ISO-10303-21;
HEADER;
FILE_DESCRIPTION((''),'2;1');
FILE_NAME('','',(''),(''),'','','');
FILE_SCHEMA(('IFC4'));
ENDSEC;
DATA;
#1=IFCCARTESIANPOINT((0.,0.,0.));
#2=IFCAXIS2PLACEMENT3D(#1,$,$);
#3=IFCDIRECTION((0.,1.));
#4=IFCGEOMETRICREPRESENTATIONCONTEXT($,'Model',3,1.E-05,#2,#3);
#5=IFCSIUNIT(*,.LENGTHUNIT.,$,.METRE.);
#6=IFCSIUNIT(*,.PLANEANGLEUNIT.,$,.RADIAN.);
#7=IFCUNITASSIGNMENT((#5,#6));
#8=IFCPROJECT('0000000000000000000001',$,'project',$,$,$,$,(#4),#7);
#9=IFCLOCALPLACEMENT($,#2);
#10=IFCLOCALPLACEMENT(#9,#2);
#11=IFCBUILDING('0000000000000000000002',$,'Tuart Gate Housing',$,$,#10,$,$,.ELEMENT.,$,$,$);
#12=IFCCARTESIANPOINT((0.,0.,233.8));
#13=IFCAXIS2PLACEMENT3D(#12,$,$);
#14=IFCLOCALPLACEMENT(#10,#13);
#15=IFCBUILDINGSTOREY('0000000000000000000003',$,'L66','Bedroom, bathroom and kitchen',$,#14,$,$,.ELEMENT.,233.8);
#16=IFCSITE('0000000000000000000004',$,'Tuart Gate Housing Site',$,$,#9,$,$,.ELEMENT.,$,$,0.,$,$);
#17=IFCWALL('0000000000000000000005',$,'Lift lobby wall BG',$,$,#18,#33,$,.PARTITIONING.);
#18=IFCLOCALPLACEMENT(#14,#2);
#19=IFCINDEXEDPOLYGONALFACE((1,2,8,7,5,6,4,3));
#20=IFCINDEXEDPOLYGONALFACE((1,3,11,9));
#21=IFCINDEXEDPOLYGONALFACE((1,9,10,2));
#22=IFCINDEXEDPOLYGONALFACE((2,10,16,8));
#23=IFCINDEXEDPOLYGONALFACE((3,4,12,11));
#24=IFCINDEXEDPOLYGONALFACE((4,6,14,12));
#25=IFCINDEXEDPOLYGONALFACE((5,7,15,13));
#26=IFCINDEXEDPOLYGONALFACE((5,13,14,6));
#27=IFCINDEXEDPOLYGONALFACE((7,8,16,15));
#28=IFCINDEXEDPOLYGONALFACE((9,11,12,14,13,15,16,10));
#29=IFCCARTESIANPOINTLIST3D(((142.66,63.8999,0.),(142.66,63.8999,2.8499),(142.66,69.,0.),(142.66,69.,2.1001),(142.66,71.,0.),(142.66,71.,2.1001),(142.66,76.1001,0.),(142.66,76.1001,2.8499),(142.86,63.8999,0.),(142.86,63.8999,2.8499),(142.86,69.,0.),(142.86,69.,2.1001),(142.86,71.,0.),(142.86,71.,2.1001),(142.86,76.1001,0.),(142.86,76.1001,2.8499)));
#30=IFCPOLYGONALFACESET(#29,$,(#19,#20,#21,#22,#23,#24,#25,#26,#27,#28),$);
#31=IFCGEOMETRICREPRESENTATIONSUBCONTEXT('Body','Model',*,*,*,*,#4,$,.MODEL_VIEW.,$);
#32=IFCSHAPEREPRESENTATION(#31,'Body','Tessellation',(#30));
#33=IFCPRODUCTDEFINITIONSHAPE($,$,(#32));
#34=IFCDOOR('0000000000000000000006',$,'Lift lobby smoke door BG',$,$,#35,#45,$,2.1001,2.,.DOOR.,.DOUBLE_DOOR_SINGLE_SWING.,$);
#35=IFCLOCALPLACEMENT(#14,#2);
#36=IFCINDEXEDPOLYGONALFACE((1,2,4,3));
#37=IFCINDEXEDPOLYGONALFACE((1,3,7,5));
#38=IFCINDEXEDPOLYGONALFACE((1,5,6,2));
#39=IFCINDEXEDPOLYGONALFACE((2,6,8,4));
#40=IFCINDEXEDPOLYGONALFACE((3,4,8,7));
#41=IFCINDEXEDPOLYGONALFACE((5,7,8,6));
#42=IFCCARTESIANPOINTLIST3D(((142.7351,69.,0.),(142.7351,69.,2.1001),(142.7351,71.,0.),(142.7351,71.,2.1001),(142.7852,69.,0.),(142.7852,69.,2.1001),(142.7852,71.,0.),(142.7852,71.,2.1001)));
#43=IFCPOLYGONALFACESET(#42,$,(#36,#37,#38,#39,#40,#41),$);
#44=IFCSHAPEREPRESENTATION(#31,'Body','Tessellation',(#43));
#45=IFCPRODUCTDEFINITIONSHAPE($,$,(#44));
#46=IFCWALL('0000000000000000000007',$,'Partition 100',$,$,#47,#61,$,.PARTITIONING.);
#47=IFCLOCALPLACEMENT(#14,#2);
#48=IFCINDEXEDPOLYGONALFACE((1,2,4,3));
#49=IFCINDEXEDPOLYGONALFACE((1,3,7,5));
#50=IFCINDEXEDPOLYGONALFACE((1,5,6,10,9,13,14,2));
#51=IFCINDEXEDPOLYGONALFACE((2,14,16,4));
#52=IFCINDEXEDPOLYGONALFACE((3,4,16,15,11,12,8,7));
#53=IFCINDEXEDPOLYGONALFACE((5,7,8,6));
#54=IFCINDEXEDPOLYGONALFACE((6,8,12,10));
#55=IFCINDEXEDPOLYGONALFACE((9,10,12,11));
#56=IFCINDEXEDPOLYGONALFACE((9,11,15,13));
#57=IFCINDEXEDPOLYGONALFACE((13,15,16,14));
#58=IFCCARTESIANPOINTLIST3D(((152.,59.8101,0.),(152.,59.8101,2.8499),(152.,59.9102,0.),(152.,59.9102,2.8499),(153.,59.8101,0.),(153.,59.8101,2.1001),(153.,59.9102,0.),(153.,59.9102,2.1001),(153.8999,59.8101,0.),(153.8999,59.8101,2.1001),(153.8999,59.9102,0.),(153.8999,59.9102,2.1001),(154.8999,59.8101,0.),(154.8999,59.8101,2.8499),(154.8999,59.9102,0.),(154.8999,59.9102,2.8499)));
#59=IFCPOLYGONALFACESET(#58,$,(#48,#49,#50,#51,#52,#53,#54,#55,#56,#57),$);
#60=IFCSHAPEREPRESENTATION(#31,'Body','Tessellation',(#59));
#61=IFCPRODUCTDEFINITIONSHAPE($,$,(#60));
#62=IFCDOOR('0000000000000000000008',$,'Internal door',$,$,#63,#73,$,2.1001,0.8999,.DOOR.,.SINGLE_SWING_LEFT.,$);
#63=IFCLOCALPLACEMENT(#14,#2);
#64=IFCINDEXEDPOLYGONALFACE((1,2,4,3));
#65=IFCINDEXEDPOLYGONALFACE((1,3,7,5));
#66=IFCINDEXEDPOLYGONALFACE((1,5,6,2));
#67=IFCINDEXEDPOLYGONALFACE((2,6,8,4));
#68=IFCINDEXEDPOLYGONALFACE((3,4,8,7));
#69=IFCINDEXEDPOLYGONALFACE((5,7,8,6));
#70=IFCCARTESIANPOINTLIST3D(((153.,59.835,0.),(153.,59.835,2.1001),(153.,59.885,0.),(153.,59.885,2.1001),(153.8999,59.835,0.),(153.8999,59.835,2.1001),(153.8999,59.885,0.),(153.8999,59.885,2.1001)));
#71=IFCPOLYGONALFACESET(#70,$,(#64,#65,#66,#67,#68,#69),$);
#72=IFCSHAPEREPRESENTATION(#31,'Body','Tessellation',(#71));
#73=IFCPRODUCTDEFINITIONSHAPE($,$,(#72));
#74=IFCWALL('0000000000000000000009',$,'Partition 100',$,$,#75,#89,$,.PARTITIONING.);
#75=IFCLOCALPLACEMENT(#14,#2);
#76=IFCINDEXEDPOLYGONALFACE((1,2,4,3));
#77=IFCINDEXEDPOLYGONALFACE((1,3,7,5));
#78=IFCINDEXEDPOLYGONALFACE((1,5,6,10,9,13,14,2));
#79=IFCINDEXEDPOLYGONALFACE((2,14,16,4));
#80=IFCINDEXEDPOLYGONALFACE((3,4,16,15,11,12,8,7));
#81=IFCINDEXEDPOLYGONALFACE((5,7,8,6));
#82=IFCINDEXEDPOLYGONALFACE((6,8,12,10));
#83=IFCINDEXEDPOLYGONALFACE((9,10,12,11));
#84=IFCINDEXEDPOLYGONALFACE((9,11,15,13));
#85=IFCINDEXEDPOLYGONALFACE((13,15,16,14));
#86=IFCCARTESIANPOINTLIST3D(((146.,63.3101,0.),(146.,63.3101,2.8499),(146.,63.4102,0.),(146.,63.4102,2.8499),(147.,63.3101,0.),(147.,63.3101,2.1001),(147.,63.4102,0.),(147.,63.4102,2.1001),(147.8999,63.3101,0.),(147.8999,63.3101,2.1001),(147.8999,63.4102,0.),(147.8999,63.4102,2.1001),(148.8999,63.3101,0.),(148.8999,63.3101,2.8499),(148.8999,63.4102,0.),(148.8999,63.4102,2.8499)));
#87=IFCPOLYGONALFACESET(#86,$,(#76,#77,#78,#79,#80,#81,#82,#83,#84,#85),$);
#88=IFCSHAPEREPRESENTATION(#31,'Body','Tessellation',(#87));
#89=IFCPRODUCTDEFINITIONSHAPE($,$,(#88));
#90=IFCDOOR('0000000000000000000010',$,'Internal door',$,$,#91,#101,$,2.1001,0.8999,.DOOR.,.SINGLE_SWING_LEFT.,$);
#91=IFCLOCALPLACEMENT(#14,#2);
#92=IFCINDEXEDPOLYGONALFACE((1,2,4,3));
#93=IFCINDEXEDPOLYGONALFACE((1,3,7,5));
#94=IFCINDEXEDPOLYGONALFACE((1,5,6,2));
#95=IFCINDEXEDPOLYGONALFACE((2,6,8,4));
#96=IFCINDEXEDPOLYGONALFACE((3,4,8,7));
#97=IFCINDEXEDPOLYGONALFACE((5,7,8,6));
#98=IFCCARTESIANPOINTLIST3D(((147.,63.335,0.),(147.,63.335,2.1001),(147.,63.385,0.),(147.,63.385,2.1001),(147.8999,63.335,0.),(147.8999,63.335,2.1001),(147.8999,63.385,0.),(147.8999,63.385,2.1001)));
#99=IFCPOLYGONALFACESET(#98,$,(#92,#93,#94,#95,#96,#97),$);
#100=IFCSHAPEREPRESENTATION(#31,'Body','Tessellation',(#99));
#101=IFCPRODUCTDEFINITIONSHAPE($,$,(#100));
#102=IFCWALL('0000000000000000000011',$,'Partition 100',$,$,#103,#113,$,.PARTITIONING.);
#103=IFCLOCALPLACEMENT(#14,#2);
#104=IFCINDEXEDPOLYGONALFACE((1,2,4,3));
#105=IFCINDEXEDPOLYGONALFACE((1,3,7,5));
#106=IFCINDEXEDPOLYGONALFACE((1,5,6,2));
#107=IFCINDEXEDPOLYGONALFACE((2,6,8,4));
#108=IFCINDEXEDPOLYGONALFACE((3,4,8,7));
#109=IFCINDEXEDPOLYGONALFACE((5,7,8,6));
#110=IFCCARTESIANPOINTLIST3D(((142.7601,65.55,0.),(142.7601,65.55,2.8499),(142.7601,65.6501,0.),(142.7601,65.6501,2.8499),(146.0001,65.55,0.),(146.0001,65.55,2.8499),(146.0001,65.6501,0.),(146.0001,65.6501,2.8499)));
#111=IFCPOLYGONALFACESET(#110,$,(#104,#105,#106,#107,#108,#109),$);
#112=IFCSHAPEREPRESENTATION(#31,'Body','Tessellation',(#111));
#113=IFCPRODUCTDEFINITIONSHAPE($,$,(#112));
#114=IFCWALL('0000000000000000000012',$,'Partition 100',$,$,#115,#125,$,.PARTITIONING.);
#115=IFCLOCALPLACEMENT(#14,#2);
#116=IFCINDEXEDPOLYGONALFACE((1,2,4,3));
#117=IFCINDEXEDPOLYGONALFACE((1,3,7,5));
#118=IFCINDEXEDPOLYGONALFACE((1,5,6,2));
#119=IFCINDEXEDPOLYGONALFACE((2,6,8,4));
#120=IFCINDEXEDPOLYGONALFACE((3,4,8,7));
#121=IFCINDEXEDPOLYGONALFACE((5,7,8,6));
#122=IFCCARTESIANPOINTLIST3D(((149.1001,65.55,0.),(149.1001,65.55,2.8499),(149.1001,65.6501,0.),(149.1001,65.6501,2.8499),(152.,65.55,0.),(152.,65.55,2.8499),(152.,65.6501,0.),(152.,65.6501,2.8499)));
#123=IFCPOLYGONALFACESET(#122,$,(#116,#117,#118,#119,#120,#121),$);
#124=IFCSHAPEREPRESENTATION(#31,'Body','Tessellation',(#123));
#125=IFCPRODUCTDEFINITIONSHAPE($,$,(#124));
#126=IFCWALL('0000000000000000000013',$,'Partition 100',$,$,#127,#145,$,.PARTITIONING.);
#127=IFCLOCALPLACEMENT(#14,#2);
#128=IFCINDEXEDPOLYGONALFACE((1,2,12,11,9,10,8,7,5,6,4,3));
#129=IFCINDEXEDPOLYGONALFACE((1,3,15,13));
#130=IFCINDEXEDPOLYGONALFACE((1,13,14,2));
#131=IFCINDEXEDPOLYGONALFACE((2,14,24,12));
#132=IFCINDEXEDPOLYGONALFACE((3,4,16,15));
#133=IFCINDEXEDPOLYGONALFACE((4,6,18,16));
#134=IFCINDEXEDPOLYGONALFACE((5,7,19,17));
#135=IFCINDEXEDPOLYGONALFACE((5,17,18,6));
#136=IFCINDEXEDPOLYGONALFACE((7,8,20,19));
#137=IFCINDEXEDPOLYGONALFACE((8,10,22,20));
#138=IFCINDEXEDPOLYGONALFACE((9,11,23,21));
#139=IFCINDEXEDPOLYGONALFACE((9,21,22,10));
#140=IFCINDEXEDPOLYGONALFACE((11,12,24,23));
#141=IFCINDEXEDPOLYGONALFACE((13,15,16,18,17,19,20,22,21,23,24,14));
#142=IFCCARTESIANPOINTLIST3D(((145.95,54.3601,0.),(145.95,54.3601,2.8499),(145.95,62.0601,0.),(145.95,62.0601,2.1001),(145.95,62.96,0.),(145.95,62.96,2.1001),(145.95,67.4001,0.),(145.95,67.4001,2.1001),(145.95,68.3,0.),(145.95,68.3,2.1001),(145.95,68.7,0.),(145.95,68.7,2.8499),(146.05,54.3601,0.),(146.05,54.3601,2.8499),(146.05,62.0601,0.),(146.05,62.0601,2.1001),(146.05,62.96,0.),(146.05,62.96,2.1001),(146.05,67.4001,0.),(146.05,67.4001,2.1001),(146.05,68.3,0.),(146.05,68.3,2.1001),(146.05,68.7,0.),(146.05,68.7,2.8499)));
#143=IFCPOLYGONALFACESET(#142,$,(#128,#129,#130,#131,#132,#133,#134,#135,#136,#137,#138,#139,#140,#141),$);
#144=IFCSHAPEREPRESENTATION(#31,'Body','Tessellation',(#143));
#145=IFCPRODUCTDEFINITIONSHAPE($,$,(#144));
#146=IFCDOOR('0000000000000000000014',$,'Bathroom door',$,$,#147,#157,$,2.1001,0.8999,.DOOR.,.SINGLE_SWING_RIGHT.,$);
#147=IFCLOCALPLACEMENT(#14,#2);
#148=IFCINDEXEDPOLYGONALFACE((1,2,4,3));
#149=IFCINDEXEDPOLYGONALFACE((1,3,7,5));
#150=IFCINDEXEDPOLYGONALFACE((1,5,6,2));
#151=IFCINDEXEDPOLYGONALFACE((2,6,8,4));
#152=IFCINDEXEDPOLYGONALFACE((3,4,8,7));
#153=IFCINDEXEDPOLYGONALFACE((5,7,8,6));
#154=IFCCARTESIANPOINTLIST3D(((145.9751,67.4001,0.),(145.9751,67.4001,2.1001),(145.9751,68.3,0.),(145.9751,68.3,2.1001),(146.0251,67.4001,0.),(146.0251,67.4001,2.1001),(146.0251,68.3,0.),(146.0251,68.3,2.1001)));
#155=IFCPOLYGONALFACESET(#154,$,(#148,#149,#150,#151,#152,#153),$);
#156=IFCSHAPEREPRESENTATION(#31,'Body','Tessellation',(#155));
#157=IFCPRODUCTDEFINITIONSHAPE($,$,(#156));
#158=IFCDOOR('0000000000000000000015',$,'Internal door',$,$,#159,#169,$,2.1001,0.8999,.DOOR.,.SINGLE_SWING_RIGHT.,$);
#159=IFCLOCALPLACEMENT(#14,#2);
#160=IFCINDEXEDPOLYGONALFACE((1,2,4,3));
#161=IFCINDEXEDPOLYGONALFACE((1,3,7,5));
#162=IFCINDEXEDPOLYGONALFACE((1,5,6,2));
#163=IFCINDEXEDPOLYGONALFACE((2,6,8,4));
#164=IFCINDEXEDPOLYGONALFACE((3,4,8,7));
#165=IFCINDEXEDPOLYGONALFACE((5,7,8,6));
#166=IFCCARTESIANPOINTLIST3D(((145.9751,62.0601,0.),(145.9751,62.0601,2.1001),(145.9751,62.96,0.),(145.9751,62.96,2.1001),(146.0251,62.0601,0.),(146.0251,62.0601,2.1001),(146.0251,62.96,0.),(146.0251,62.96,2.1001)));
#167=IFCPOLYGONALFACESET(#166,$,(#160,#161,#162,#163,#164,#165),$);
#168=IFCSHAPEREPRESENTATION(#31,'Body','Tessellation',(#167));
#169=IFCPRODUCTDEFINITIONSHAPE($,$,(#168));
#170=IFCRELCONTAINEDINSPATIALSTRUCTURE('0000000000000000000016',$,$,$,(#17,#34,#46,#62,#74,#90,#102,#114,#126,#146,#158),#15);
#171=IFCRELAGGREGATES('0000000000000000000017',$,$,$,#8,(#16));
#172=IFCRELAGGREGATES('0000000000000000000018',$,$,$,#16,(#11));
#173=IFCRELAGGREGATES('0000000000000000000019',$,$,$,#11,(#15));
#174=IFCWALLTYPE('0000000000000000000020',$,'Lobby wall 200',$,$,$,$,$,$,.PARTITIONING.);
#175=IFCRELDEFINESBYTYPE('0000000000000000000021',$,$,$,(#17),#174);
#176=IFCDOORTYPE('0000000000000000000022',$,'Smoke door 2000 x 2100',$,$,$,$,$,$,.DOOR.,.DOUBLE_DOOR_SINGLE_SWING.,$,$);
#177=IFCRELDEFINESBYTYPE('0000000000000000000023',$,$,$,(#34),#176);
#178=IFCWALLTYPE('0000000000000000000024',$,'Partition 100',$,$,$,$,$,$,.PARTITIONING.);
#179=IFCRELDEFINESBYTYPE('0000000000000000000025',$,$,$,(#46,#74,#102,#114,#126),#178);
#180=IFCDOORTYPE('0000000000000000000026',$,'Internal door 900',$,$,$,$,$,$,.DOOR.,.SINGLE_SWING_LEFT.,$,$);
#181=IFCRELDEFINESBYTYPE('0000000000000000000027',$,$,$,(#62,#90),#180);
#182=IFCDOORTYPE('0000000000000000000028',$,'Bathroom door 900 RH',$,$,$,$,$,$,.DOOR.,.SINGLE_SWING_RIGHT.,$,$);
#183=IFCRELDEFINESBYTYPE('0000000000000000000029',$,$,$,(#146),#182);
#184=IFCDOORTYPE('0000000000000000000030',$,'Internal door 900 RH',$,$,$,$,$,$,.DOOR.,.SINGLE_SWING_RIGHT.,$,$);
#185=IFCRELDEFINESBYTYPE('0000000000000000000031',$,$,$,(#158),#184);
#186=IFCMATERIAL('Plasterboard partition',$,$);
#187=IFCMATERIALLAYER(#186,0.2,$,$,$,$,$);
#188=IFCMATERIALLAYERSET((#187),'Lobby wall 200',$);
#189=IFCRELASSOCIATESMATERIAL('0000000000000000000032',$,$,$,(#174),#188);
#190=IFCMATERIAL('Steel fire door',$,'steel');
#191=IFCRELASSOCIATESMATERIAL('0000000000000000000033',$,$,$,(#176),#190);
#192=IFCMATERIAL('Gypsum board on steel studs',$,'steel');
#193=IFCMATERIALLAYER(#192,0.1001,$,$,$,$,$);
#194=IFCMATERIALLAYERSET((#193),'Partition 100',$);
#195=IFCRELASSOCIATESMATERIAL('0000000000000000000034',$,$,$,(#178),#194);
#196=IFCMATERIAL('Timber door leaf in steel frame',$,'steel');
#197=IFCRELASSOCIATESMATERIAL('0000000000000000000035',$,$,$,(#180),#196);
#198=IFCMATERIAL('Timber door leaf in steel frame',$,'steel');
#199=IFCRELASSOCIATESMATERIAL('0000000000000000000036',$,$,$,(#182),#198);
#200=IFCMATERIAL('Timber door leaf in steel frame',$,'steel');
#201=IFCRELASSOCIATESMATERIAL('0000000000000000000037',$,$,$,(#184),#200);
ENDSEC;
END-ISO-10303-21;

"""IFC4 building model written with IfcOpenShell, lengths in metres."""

from ifc_helpers import new_model, si_unit, direction, frame, frame_2d, origin, place, context, subcontext, project, spatial, rectangle, extrude, material, layer, layer_set, type_object, element, fill, save


model = new_model("IFC4")

# Units and contexts
model_context = context("Model", 3, precision=1e-05, world=origin(), true_north=direction((0.0, 1.0)))
body_context = subcontext(model_context, "Body", "Model", "MODEL_VIEW")
ifc_project = project(units=[si_unit("LENGTHUNIT", "METRE"), si_unit("PLANEANGLEUNIT", "RADIAN")], contexts=[model_context])

# Site, building, storey
site_placement = place(None, origin())
site = spatial("IfcSite", under=ifc_project, at=site_placement, Name="Tuart Gate Housing Site", CompositionType="ELEMENT", RefElevation=0.0)
building_placement = place(site_placement, origin())
building = spatial("IfcBuilding", under=site, at=building_placement, Name="Tuart Gate Housing", CompositionType="ELEMENT")
storey_placement = place(building_placement, frame((0.0, 0.0, 233.8)))
storey = spatial("IfcBuildingStorey", under=building, at=storey_placement, Name="L66", Description="Bedroom, bathroom and kitchen", CompositionType="ELEMENT", Elevation=233.8)

# Walls, openings, doors
ifc_material_1 = material(Name="Plasterboard partition")
ifc_layer_1 = layer(ifc_material_1, 0.2)
ifc_layer_set_1 = layer_set([ifc_layer_1], Name="Lobby wall 200")
wall_type_1 = type_object("IfcWallType", Name="Lobby wall 200", PredefinedType="PARTITIONING", material=ifc_layer_set_1)
wall_1_placement = place(storey_placement, frame((142.76, 63.8999, 0.0), z_axis=(0.0, 0.0, 1.0), x_axis=(0.0, 1.0, 0.0)))
wall_1 = element("IfcWall", 1, at=wall_1_placement, inside=storey, type_object=wall_type_1, Name="Lift lobby wall BG", PredefinedType="PARTITIONING", context=body_context, shape_type="SweptSolid", body=[
    extrude(rectangle(XDim=12.2002, YDim=0.2, at=frame_2d((6.1001, 0.0))), origin(), (0.0, 0.0, 1.0), 2.8499),
])
opening_1_placement = place(wall_1_placement, frame((5.1001, 0.0, 0.0)))
opening_1 = element("IfcOpeningElement", 2, at=opening_1_placement, cuts=wall_1, PredefinedType="OPENING", context=body_context, shape_type="SweptSolid", body=[
    extrude(rectangle(XDim=2.0, YDim=2.1001, at=frame_2d((1.0, 1.05))), frame((0.0, 0.1099, 0.0), z_axis=(0.0, -1.0, 0.0), x_axis=(1.0, 0.0, 0.0)), (0.0, 0.0, 1.0), 0.22),
])
ifc_material_2 = material(Name="Steel fire door", Category="steel")
door_type_1 = type_object("IfcDoorType", Name="Smoke door 2000 x 2100", OperationType="DOUBLE_DOOR_SINGLE_SWING", PredefinedType="DOOR", material=ifc_material_2)
door_1_placement = place(opening_1_placement, origin())
door_1 = element("IfcDoor", 3, at=door_1_placement, inside=storey, type_object=door_type_1, Name="Lift lobby smoke door BG", OperationType="DOUBLE_DOOR_SINGLE_SWING", OverallHeight=2.1001, OverallWidth=2.0, PredefinedType="DOOR", context=body_context, shape_type="SweptSolid", body=[
    extrude(rectangle(XDim=2.0, YDim=2.1001, at=frame_2d((1.0, 1.05))), frame((0.0, 0.0249, 0.0), z_axis=(0.0, -1.0, 0.0), x_axis=(1.0, 0.0, 0.0)), (0.0, 0.0, 1.0), 0.05),
])
fill(opening_1, door_1)
ifc_material_3 = material(Name="Gypsum board on steel studs", Category="steel")
ifc_layer_2 = layer(ifc_material_3, 0.1001)
ifc_layer_set_2 = layer_set([ifc_layer_2], Name="Partition 100")
wall_type_2 = type_object("IfcWallType", Name="Partition 100", PredefinedType="PARTITIONING", material=ifc_layer_set_2)
wall_2_placement = place(storey_placement, frame((152.0, 59.8601, 0.0), z_axis=(0.0, 0.0, 1.0), x_axis=(1.0, 0.0, 0.0)))
wall_2 = element("IfcWall", 4, at=wall_2_placement, inside=storey, type_object=wall_type_2, Name="Partition 100", PredefinedType="PARTITIONING", context=body_context, shape_type="SweptSolid", body=[
    extrude(rectangle(XDim=2.8999, YDim=0.1001, at=frame_2d((1.45, 0.0))), origin(), (0.0, 0.0, 1.0), 2.8499),
])
opening_2_placement = place(wall_2_placement, frame((1.0, 0.0, 0.0)))
opening_2 = element("IfcOpeningElement", 5, at=opening_2_placement, cuts=wall_2, PredefinedType="OPENING", context=body_context, shape_type="SweptSolid", body=[
    extrude(rectangle(XDim=0.8999, YDim=2.1001, at=frame_2d((0.45, 1.05))), frame((0.0, 0.0601, 0.0), z_axis=(0.0, -1.0, 0.0), x_axis=(1.0, 0.0, 0.0)), (0.0, 0.0, 1.0), 0.1201),
])
ifc_material_4 = material(Name="Timber door leaf in steel frame", Category="steel")
door_type_2 = type_object("IfcDoorType", Name="Internal door 900", OperationType="SINGLE_SWING_LEFT", PredefinedType="DOOR", material=ifc_material_4)
door_2_placement = place(opening_2_placement, origin())
door_2 = element("IfcDoor", 6, at=door_2_placement, inside=storey, type_object=door_type_2, Name="Internal door", OperationType="SINGLE_SWING_LEFT", OverallHeight=2.1001, OverallWidth=0.8999, PredefinedType="DOOR", context=body_context, shape_type="SweptSolid", body=[
    extrude(rectangle(XDim=0.8999, YDim=2.1001, at=frame_2d((0.45, 1.05))), frame((0.0, 0.0249, 0.0), z_axis=(0.0, -1.0, 0.0), x_axis=(1.0, 0.0, 0.0)), (0.0, 0.0, 1.0), 0.05),
])
fill(opening_2, door_2)
wall_3_placement = place(storey_placement, frame((146.0, 63.3601, 0.0), z_axis=(0.0, 0.0, 1.0), x_axis=(1.0, 0.0, 0.0)))
wall_3 = element("IfcWall", 7, at=wall_3_placement, inside=storey, type_object=wall_type_2, Name="Partition 100", PredefinedType="PARTITIONING", context=body_context, shape_type="SweptSolid", body=[
    extrude(rectangle(XDim=2.8999, YDim=0.1001, at=frame_2d((1.45, 0.0))), origin(), (0.0, 0.0, 1.0), 2.8499),
])
opening_3_placement = place(wall_3_placement, frame((1.0, 0.0, 0.0)))
opening_3 = element("IfcOpeningElement", 8, at=opening_3_placement, cuts=wall_3, PredefinedType="OPENING", context=body_context, shape_type="SweptSolid", body=[
    extrude(rectangle(XDim=0.8999, YDim=2.1001, at=frame_2d((0.45, 1.05))), frame((0.0, 0.0601, 0.0), z_axis=(0.0, -1.0, 0.0), x_axis=(1.0, 0.0, 0.0)), (0.0, 0.0, 1.0), 0.1201),
])
door_3_placement = place(opening_3_placement, origin())
door_3 = element("IfcDoor", 9, at=door_3_placement, inside=storey, type_object=door_type_2, Name="Internal door", OperationType="SINGLE_SWING_LEFT", OverallHeight=2.1001, OverallWidth=0.8999, PredefinedType="DOOR", context=body_context, shape_type="SweptSolid", body=[
    extrude(rectangle(XDim=0.8999, YDim=2.1001, at=frame_2d((0.45, 1.05))), frame((0.0, 0.0249, 0.0), z_axis=(0.0, -1.0, 0.0), x_axis=(1.0, 0.0, 0.0)), (0.0, 0.0, 1.0), 0.05),
])
fill(opening_3, door_3)

# Walls
wall_4_placement = place(storey_placement, frame((142.76, 65.6001, 0.0), z_axis=(0.0, 0.0, 1.0), x_axis=(1.0, 0.0, 0.0)))
element("IfcWall", 10, at=wall_4_placement, inside=storey, type_object=wall_type_2, Name="Partition 100", PredefinedType="PARTITIONING", context=body_context, shape_type="SweptSolid", body=[
    extrude(rectangle(XDim=3.24, YDim=0.1001, at=frame_2d((1.6201, 0.0))), origin(), (0.0, 0.0, 1.0), 2.8499),
])
wall_5_placement = place(storey_placement, frame((149.1001, 65.6001, 0.0), z_axis=(0.0, 0.0, 1.0), x_axis=(1.0, 0.0, 0.0)))
element("IfcWall", 11, at=wall_5_placement, inside=storey, type_object=wall_type_2, Name="Partition 100", PredefinedType="PARTITIONING", context=body_context, shape_type="SweptSolid", body=[
    extrude(rectangle(XDim=2.8999, YDim=0.1001, at=frame_2d((1.45, 0.0))), origin(), (0.0, 0.0, 1.0), 2.8499),
])

# Wall, openings, doors
wall_6_placement = place(storey_placement, frame((146.0, 54.3601, 0.0), z_axis=(0.0, 0.0, 1.0), x_axis=(0.0, 1.0, 0.0)))
wall_6 = element("IfcWall", 12, at=wall_6_placement, inside=storey, type_object=wall_type_2, Name="Partition 100", PredefinedType="PARTITIONING", context=body_context, shape_type="SweptSolid", body=[
    extrude(rectangle(XDim=14.3398, YDim=0.1001, at=frame_2d((7.1699, 0.0))), origin(), (0.0, 0.0, 1.0), 2.8499),
])
opening_4_placement = place(wall_6_placement, frame((7.7, 0.0, 0.0)))
opening_4 = element("IfcOpeningElement", 13, at=opening_4_placement, cuts=wall_6, PredefinedType="OPENING", context=body_context, shape_type="SweptSolid", body=[
    extrude(rectangle(XDim=0.8999, YDim=2.1001, at=frame_2d((0.45, 1.05))), frame((0.0, 0.0601, 0.0), z_axis=(0.0, -1.0, 0.0), x_axis=(1.0, 0.0, 0.0)), (0.0, 0.0, 1.0), 0.1201),
])
opening_5_placement = place(wall_6_placement, frame((13.04, 0.0, 0.0)))
opening_5 = element("IfcOpeningElement", 14, at=opening_5_placement, cuts=wall_6, PredefinedType="OPENING", context=body_context, shape_type="SweptSolid", body=[
    extrude(rectangle(XDim=0.8999, YDim=2.1001, at=frame_2d((0.45, 1.05))), frame((0.0, 0.0601, 0.0), z_axis=(0.0, -1.0, 0.0), x_axis=(1.0, 0.0, 0.0)), (0.0, 0.0, 1.0), 0.1201),
])
ifc_material_5 = material(Name="Timber door leaf in steel frame", Category="steel")
door_type_3 = type_object("IfcDoorType", Name="Bathroom door 900 RH", OperationType="SINGLE_SWING_RIGHT", PredefinedType="DOOR", material=ifc_material_5)
door_4_placement = place(opening_5_placement, origin())
door_4 = element("IfcDoor", 15, at=door_4_placement, inside=storey, type_object=door_type_3, Name="Bathroom door", OperationType="SINGLE_SWING_RIGHT", OverallHeight=2.1001, OverallWidth=0.8999, PredefinedType="DOOR", context=body_context, shape_type="SweptSolid", body=[
    extrude(rectangle(XDim=0.8999, YDim=2.1001, at=frame_2d((0.45, 1.05))), frame((0.0, 0.0249, 0.0), z_axis=(0.0, -1.0, 0.0), x_axis=(1.0, 0.0, 0.0)), (0.0, 0.0, 1.0), 0.05),
])
fill(opening_5, door_4)
ifc_material_6 = material(Name="Timber door leaf in steel frame", Category="steel")
door_type_4 = type_object("IfcDoorType", Name="Internal door 900 RH", OperationType="SINGLE_SWING_RIGHT", PredefinedType="DOOR", material=ifc_material_6)
door_5_placement = place(opening_4_placement, origin())
door_5 = element("IfcDoor", 16, at=door_5_placement, inside=storey, type_object=door_type_4, Name="Internal door", OperationType="SINGLE_SWING_RIGHT", OverallHeight=2.1001, OverallWidth=0.8999, PredefinedType="DOOR", context=body_context, shape_type="SweptSolid", body=[
    extrude(rectangle(XDim=0.8999, YDim=2.1001, at=frame_2d((0.45, 1.05))), frame((0.0, 0.0249, 0.0), z_axis=(0.0, -1.0, 0.0), x_axis=(1.0, 0.0, 0.0)), (0.0, 0.0, 1.0), 0.05),
])
fill(opening_4, door_5)

save(model, "model.ifc")
